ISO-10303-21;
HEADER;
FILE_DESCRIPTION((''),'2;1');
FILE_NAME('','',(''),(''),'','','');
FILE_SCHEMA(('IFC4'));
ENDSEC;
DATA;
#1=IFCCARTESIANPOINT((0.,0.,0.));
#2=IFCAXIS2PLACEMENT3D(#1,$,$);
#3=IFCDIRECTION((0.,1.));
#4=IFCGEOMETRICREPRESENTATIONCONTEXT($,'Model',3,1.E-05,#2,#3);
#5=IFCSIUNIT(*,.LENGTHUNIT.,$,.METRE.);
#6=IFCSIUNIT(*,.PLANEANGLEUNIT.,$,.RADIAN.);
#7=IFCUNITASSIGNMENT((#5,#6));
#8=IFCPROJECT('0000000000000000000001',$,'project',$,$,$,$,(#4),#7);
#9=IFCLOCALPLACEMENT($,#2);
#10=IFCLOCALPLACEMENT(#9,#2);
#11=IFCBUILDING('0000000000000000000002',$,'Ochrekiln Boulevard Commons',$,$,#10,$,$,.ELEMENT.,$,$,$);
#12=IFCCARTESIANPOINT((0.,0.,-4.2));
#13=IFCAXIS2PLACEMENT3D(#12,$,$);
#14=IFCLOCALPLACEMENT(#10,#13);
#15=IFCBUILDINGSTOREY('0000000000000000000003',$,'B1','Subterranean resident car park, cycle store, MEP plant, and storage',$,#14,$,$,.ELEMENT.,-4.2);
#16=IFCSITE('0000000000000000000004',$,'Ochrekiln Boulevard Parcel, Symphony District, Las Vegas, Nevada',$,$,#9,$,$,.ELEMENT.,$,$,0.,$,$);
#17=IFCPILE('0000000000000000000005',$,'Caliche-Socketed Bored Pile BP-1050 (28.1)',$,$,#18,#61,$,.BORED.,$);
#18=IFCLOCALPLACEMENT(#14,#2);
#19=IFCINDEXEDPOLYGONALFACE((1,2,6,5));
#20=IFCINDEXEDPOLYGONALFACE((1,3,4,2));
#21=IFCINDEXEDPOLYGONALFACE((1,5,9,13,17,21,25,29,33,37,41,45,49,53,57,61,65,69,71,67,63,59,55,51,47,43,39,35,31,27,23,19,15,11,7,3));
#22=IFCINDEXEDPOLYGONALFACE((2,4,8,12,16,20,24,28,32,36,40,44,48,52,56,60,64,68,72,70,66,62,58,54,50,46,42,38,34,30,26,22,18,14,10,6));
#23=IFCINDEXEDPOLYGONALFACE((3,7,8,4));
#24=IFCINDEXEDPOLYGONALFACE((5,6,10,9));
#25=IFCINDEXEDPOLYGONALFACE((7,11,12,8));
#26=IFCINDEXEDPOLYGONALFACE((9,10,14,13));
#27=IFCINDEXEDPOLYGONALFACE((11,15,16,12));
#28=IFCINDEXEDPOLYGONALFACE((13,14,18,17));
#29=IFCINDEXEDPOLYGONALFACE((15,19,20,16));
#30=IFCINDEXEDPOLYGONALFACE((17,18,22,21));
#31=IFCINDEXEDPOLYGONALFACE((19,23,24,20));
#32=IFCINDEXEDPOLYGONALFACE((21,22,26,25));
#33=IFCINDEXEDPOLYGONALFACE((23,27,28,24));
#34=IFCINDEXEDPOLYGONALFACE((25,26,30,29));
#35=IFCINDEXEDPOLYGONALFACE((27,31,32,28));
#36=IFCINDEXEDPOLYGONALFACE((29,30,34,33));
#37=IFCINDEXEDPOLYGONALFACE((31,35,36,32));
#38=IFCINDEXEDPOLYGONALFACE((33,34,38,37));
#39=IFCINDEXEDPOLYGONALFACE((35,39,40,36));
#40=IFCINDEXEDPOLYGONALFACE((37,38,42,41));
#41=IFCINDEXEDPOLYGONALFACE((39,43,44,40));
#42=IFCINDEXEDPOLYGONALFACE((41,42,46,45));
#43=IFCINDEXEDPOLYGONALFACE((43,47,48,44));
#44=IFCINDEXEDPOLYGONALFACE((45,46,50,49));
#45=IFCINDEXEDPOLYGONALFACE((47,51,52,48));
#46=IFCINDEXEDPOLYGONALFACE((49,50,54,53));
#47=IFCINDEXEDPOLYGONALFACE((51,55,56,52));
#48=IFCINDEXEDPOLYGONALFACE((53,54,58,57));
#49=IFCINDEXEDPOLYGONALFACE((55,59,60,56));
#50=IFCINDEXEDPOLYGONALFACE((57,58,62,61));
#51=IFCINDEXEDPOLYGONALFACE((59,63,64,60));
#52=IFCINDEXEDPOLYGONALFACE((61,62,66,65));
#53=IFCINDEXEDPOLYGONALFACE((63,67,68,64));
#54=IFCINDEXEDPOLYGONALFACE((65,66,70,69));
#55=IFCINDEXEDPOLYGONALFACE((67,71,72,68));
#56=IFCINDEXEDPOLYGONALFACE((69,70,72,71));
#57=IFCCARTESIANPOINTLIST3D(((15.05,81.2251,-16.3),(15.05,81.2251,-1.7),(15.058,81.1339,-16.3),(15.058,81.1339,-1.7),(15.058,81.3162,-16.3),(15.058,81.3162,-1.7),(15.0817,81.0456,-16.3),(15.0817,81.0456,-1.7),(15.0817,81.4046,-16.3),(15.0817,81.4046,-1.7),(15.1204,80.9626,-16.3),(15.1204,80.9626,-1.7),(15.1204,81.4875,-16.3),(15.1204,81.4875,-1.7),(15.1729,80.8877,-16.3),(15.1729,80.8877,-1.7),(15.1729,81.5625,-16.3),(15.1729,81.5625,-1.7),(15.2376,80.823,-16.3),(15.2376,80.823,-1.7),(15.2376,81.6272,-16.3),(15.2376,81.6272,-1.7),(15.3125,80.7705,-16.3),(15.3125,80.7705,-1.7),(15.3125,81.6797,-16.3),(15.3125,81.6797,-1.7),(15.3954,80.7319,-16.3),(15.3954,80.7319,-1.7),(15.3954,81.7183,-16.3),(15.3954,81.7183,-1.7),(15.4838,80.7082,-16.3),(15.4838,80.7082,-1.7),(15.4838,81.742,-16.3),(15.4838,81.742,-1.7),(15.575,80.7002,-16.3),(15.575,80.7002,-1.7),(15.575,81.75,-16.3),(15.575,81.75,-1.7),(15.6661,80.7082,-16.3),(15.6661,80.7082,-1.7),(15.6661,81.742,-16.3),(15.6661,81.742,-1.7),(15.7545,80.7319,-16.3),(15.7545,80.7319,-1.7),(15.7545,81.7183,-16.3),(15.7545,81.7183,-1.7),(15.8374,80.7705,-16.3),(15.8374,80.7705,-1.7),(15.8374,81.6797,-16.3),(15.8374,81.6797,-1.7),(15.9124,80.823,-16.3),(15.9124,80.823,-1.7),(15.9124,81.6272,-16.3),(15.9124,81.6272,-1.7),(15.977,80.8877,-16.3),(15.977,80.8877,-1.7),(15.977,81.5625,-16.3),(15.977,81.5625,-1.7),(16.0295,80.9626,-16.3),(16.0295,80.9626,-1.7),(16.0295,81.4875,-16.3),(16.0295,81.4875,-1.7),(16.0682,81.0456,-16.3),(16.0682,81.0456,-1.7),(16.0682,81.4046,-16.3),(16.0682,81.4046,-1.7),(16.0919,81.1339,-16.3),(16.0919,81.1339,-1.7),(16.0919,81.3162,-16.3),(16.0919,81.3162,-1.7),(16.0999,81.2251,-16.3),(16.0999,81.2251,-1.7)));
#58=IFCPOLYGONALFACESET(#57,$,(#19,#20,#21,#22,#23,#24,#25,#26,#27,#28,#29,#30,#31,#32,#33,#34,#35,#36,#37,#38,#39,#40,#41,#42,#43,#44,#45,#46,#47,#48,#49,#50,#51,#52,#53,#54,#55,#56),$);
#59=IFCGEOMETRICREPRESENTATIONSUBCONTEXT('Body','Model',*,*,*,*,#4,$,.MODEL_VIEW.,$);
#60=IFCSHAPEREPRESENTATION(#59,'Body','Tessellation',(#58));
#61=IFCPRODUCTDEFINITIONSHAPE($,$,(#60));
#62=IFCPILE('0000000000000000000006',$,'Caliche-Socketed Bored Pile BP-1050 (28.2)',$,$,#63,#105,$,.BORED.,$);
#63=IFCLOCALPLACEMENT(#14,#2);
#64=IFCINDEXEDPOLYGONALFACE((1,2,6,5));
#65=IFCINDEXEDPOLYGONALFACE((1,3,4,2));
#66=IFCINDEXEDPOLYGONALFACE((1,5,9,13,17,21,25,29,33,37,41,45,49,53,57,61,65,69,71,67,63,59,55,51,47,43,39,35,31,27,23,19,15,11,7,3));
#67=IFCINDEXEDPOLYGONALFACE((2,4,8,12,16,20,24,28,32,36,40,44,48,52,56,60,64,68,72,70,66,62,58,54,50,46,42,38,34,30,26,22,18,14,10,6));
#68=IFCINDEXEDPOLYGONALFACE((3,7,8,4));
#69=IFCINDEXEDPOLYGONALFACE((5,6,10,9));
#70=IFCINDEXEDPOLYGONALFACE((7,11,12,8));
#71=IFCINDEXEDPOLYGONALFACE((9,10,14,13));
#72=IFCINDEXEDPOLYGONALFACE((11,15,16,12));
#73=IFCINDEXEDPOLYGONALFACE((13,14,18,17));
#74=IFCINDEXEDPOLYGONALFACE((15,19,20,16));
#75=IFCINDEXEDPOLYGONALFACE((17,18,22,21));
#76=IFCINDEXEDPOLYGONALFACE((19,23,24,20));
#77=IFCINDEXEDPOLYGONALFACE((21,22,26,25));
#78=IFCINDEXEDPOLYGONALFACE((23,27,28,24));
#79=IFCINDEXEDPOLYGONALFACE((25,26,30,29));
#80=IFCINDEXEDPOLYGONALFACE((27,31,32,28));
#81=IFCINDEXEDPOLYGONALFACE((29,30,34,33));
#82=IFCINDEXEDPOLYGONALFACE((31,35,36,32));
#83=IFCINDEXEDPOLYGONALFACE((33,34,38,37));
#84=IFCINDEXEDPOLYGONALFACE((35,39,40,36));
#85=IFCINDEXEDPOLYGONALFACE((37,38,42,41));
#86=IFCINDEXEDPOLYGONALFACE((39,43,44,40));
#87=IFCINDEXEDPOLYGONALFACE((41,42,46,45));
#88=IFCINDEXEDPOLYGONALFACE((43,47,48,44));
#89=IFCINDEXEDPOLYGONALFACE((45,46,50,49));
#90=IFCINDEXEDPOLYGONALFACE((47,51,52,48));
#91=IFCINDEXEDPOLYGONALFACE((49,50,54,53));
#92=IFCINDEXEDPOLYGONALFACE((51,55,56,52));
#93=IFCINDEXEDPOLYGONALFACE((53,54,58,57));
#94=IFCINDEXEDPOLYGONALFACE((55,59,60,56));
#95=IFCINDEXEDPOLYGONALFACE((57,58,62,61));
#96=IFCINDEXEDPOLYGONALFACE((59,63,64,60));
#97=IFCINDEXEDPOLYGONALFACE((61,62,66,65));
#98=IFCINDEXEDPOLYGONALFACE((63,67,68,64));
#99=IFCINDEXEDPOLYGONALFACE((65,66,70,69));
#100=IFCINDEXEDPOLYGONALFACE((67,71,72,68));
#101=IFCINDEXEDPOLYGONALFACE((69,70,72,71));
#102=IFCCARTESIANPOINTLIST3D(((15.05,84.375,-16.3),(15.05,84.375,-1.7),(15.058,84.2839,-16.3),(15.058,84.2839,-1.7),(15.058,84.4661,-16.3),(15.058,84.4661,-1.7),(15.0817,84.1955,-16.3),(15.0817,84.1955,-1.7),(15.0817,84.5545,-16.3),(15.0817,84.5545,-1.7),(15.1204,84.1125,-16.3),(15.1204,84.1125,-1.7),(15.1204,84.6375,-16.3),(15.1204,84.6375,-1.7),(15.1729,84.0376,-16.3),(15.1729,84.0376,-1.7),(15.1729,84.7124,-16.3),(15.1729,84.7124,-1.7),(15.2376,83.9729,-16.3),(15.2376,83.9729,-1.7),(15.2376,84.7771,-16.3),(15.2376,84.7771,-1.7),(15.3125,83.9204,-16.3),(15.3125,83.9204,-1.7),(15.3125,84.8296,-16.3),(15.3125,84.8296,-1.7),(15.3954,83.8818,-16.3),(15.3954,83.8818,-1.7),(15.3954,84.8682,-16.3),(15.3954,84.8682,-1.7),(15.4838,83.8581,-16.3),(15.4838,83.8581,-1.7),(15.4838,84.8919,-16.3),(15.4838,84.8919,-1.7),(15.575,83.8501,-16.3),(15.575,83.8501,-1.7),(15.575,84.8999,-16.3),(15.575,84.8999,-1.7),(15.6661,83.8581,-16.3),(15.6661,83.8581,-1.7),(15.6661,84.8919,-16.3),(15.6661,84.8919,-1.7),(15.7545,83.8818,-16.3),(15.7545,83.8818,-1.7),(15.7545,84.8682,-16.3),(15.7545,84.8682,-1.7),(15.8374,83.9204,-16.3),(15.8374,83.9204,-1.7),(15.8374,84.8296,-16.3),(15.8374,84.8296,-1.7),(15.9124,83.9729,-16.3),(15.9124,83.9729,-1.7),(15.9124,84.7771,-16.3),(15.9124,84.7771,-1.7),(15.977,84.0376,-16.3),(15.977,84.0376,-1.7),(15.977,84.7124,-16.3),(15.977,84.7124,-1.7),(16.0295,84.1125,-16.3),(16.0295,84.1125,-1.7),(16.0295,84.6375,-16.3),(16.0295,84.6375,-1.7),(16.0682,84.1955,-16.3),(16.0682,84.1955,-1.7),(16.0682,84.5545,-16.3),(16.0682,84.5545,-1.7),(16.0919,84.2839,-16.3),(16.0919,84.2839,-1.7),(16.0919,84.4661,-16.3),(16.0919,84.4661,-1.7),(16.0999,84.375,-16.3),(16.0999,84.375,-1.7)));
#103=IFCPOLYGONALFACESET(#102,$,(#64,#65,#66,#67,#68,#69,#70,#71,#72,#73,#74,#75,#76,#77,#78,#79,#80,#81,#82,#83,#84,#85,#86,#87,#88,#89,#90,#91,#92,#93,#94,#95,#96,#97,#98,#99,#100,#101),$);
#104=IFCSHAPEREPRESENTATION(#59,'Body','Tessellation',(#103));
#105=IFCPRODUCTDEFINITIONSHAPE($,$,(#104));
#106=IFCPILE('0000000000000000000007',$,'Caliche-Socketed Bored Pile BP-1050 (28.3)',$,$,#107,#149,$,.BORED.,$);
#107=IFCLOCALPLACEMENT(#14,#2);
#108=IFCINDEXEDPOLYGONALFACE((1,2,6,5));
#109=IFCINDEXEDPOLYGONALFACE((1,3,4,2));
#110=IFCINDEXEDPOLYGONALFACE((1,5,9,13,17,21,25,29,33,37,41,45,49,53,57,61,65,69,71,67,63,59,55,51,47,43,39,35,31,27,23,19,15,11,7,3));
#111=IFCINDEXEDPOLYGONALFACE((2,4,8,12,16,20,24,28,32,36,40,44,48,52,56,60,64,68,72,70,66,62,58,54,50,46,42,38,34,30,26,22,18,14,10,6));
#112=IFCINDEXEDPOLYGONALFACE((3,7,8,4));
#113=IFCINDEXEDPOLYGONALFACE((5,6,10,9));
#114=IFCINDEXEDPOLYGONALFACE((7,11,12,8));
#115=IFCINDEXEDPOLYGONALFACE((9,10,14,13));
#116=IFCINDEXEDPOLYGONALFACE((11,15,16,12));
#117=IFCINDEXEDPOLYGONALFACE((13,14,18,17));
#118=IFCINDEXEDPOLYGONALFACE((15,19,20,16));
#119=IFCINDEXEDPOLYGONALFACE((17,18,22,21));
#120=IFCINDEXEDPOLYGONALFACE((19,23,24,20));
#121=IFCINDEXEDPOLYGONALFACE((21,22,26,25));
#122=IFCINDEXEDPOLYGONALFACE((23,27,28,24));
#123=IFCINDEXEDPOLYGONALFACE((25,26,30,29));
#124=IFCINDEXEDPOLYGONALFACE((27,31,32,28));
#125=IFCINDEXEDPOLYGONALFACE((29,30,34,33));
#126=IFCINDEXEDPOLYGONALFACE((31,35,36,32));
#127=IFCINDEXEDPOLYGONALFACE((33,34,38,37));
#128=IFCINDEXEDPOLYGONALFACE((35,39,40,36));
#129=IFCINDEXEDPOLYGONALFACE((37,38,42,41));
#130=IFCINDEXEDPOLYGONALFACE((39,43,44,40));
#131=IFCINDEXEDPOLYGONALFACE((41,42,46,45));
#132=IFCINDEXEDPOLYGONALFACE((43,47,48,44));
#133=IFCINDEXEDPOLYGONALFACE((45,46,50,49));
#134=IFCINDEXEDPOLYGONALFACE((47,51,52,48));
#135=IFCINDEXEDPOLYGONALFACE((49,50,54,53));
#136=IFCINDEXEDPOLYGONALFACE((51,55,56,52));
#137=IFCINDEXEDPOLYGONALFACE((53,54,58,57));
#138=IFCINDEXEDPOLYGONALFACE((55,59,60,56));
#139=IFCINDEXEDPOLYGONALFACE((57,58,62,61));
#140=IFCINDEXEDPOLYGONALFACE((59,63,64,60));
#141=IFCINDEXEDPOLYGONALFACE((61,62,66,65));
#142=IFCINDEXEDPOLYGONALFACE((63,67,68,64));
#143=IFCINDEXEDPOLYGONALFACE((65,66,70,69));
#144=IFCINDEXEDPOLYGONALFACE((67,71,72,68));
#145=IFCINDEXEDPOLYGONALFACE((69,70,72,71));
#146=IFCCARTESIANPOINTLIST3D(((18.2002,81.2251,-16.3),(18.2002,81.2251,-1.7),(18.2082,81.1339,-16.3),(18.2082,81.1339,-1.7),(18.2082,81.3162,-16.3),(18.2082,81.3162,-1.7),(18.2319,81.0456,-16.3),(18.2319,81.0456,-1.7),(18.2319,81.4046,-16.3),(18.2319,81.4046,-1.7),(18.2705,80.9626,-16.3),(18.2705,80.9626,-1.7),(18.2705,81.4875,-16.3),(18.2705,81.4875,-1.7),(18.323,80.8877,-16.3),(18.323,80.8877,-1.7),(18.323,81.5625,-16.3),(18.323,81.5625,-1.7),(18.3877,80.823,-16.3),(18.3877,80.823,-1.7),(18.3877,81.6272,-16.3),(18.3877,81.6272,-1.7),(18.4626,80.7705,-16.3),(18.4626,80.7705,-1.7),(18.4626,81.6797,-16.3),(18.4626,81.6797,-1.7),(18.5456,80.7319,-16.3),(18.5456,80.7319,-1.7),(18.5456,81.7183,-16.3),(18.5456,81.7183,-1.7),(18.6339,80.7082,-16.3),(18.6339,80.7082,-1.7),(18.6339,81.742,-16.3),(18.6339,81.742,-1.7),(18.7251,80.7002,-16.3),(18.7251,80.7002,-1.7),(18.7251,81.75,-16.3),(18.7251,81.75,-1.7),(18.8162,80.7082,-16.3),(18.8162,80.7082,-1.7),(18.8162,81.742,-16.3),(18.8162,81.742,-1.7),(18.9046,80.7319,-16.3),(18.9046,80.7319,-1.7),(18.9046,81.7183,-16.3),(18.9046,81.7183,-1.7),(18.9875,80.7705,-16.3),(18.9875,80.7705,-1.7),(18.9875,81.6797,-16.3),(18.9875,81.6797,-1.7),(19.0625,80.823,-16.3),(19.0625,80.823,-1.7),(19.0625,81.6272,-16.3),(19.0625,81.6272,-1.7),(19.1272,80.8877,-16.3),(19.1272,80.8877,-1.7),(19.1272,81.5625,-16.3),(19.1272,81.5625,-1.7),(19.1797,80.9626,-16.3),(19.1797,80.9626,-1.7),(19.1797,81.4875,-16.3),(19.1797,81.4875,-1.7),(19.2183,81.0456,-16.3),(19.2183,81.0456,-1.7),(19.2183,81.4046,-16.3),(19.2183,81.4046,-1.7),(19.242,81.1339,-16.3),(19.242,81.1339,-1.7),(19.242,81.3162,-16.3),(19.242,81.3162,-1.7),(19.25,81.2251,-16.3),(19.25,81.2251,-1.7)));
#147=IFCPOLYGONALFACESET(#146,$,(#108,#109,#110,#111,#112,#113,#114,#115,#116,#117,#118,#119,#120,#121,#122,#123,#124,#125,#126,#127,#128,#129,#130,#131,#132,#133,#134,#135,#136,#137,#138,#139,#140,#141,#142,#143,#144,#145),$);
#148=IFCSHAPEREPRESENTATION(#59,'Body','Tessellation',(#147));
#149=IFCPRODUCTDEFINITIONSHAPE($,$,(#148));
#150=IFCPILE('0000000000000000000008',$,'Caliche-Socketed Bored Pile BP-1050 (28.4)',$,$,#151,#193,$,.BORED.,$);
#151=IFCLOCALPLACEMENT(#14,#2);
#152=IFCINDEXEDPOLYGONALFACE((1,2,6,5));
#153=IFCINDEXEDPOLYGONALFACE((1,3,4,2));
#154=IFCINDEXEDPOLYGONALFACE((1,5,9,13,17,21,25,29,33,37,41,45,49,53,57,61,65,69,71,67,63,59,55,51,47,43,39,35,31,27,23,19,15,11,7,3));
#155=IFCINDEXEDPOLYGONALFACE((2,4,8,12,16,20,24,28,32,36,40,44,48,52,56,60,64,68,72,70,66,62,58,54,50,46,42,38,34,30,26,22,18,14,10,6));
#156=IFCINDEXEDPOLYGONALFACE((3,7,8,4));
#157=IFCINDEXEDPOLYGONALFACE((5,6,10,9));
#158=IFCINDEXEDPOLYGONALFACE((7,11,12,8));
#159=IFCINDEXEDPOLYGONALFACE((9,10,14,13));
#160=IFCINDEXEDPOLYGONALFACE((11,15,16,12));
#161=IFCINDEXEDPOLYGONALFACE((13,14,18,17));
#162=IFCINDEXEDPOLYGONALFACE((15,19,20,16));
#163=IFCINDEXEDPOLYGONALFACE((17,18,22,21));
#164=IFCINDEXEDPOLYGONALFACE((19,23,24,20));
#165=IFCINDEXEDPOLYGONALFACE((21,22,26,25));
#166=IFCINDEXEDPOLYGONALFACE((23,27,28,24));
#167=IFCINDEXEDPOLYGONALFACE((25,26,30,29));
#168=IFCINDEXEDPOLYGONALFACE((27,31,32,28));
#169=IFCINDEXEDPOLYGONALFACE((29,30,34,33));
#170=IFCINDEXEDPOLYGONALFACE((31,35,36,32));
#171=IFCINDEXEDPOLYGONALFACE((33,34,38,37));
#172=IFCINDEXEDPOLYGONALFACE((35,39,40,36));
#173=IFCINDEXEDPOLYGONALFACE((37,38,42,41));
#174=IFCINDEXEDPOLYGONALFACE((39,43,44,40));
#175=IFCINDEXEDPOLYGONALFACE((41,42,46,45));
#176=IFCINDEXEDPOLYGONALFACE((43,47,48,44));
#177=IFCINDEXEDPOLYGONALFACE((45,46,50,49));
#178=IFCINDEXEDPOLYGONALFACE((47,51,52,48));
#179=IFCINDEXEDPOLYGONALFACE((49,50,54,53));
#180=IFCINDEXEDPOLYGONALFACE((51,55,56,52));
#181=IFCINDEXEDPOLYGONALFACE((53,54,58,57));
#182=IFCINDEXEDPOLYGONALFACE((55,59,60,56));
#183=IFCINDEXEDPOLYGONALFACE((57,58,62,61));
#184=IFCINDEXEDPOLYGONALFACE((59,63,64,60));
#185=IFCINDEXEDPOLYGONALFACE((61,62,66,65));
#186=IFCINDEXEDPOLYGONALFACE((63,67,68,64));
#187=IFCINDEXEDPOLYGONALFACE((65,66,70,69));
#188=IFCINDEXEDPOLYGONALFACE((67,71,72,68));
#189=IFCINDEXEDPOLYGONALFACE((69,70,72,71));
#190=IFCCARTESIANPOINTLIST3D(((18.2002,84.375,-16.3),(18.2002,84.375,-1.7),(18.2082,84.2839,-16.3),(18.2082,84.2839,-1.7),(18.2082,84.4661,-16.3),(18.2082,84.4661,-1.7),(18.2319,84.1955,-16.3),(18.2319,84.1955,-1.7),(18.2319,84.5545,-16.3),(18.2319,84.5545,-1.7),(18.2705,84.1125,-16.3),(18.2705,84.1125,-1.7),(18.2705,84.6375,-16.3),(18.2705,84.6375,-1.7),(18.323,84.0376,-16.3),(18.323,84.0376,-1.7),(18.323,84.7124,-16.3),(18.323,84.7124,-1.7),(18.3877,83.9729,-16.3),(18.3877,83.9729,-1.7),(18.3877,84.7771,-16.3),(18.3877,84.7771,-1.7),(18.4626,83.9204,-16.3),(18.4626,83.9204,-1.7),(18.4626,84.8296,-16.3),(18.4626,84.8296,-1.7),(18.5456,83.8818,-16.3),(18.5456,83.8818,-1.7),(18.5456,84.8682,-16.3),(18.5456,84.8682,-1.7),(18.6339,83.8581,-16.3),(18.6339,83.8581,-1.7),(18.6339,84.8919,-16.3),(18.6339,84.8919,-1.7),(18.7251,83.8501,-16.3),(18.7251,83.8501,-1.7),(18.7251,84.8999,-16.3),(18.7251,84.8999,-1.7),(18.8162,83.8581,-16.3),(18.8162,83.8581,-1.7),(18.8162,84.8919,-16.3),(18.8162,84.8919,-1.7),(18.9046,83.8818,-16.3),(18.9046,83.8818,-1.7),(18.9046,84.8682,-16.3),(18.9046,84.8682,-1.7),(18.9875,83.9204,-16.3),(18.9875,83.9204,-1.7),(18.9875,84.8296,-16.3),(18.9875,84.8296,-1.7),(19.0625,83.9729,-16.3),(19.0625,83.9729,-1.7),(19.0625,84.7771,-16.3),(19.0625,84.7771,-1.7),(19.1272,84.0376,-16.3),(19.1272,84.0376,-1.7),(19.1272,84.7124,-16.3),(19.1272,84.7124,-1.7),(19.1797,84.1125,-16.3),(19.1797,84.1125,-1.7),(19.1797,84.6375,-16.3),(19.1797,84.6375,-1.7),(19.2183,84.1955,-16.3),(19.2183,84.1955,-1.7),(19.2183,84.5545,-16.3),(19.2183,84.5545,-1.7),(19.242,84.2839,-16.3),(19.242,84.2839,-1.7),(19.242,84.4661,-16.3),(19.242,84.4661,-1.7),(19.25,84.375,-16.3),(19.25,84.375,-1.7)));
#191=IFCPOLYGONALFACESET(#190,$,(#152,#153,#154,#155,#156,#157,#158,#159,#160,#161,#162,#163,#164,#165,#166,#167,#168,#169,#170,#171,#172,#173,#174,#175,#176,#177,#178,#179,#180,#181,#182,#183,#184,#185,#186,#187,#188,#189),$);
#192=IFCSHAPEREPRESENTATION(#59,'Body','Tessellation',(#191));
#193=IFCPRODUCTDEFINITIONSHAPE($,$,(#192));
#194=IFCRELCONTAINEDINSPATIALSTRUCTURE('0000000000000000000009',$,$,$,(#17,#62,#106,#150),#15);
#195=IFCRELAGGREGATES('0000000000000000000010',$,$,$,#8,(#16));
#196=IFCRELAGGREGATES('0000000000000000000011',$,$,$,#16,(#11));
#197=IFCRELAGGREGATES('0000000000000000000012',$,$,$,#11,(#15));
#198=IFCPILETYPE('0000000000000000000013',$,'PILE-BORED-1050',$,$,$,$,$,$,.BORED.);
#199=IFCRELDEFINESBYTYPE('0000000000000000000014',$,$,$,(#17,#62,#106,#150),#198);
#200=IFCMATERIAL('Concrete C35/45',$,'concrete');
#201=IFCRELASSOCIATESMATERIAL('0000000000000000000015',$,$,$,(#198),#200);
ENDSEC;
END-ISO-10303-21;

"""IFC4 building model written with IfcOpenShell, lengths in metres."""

from ifc_helpers import new_model, si_unit, direction, frame, origin, origin_2d, place, context, subcontext, project, spatial, circle, extrude, material, material_profile, profile_set, type_object, element, save


model = new_model("IFC4")

# Units and contexts
model_context = context("Model", 3, precision=1e-05, world=origin(), true_north=direction((0.0, 1.0)))
body_context = subcontext(model_context, "Body", "Model", "MODEL_VIEW")
ifc_project = project(units=[si_unit("LENGTHUNIT", "METRE"), si_unit("PLANEANGLEUNIT", "RADIAN")], contexts=[model_context])

# Site, building, storey
site_placement = place(None, origin())
site = spatial("IfcSite", under=ifc_project, at=site_placement, Name="Ochrekiln Boulevard Parcel, Symphony District, Las Vegas, Nevada", CompositionType="ELEMENT", RefElevation=0.0)
building_placement = place(site_placement, origin())
building = spatial("IfcBuilding", under=site, at=building_placement, Name="Ochrekiln Boulevard Commons", CompositionType="ELEMENT")
storey_placement = place(building_placement, frame((0.0, 0.0, -4.2)))
storey = spatial("IfcBuildingStorey", under=building, at=storey_placement, Name="B1", Description="Subterranean resident car park, cycle store, MEP plant, and storage", CompositionType="ELEMENT", Elevation=-4.2)

# Shared definitions
ifc_material_1 = material(Name="Concrete C35/45", Category="concrete")

# Piles
ifc_material_profile_1 = material_profile(ifc_material_1, circle(Radius=0.5249, at=origin_2d()), Name="PILE-D1050")
ifc_profile_set_1 = profile_set([ifc_material_profile_1], Name="Concrete C35/45")
pile_type_1 = type_object("IfcPileType", Name="PILE-BORED-1050", PredefinedType="BORED", material=ifc_profile_set_1)
for number, where, z_axis, x_axis, name in (
    (1, (15.575, 81.2251, -1.7), (0.0, 0.0, -1.0), (1.0, 0.0, 0.0), "Caliche-Socketed Bored Pile BP-1050 (28.1)"),
    (2, (15.575, 84.375, -1.7), (0.0, 0.0, -1.0), (1.0, 0.0, 0.0), "Caliche-Socketed Bored Pile BP-1050 (28.2)"),
    (3, (18.7251, 81.2251, -1.7), (0.0, 0.0, -1.0), (1.0, 0.0, 0.0), "Caliche-Socketed Bored Pile BP-1050 (28.3)"),
    (4, (18.7251, 84.375, -1.7), (0.0, 0.0, -1.0), (1.0, 0.0, 0.0), "Caliche-Socketed Bored Pile BP-1050 (28.4)"),
):
    element("IfcPile", number, at=place(storey_placement, frame(where, z_axis=z_axis, x_axis=x_axis)), inside=storey, type_object=pile_type_1, Name=name, PredefinedType="BORED", context=body_context, shape_type="SweptSolid", body=[
        extrude(circle(Radius=0.5249, at=origin_2d()), origin(), (0.0, 0.0, 1.0), 14.6001),
    ])

save(model, "model.ifc")
